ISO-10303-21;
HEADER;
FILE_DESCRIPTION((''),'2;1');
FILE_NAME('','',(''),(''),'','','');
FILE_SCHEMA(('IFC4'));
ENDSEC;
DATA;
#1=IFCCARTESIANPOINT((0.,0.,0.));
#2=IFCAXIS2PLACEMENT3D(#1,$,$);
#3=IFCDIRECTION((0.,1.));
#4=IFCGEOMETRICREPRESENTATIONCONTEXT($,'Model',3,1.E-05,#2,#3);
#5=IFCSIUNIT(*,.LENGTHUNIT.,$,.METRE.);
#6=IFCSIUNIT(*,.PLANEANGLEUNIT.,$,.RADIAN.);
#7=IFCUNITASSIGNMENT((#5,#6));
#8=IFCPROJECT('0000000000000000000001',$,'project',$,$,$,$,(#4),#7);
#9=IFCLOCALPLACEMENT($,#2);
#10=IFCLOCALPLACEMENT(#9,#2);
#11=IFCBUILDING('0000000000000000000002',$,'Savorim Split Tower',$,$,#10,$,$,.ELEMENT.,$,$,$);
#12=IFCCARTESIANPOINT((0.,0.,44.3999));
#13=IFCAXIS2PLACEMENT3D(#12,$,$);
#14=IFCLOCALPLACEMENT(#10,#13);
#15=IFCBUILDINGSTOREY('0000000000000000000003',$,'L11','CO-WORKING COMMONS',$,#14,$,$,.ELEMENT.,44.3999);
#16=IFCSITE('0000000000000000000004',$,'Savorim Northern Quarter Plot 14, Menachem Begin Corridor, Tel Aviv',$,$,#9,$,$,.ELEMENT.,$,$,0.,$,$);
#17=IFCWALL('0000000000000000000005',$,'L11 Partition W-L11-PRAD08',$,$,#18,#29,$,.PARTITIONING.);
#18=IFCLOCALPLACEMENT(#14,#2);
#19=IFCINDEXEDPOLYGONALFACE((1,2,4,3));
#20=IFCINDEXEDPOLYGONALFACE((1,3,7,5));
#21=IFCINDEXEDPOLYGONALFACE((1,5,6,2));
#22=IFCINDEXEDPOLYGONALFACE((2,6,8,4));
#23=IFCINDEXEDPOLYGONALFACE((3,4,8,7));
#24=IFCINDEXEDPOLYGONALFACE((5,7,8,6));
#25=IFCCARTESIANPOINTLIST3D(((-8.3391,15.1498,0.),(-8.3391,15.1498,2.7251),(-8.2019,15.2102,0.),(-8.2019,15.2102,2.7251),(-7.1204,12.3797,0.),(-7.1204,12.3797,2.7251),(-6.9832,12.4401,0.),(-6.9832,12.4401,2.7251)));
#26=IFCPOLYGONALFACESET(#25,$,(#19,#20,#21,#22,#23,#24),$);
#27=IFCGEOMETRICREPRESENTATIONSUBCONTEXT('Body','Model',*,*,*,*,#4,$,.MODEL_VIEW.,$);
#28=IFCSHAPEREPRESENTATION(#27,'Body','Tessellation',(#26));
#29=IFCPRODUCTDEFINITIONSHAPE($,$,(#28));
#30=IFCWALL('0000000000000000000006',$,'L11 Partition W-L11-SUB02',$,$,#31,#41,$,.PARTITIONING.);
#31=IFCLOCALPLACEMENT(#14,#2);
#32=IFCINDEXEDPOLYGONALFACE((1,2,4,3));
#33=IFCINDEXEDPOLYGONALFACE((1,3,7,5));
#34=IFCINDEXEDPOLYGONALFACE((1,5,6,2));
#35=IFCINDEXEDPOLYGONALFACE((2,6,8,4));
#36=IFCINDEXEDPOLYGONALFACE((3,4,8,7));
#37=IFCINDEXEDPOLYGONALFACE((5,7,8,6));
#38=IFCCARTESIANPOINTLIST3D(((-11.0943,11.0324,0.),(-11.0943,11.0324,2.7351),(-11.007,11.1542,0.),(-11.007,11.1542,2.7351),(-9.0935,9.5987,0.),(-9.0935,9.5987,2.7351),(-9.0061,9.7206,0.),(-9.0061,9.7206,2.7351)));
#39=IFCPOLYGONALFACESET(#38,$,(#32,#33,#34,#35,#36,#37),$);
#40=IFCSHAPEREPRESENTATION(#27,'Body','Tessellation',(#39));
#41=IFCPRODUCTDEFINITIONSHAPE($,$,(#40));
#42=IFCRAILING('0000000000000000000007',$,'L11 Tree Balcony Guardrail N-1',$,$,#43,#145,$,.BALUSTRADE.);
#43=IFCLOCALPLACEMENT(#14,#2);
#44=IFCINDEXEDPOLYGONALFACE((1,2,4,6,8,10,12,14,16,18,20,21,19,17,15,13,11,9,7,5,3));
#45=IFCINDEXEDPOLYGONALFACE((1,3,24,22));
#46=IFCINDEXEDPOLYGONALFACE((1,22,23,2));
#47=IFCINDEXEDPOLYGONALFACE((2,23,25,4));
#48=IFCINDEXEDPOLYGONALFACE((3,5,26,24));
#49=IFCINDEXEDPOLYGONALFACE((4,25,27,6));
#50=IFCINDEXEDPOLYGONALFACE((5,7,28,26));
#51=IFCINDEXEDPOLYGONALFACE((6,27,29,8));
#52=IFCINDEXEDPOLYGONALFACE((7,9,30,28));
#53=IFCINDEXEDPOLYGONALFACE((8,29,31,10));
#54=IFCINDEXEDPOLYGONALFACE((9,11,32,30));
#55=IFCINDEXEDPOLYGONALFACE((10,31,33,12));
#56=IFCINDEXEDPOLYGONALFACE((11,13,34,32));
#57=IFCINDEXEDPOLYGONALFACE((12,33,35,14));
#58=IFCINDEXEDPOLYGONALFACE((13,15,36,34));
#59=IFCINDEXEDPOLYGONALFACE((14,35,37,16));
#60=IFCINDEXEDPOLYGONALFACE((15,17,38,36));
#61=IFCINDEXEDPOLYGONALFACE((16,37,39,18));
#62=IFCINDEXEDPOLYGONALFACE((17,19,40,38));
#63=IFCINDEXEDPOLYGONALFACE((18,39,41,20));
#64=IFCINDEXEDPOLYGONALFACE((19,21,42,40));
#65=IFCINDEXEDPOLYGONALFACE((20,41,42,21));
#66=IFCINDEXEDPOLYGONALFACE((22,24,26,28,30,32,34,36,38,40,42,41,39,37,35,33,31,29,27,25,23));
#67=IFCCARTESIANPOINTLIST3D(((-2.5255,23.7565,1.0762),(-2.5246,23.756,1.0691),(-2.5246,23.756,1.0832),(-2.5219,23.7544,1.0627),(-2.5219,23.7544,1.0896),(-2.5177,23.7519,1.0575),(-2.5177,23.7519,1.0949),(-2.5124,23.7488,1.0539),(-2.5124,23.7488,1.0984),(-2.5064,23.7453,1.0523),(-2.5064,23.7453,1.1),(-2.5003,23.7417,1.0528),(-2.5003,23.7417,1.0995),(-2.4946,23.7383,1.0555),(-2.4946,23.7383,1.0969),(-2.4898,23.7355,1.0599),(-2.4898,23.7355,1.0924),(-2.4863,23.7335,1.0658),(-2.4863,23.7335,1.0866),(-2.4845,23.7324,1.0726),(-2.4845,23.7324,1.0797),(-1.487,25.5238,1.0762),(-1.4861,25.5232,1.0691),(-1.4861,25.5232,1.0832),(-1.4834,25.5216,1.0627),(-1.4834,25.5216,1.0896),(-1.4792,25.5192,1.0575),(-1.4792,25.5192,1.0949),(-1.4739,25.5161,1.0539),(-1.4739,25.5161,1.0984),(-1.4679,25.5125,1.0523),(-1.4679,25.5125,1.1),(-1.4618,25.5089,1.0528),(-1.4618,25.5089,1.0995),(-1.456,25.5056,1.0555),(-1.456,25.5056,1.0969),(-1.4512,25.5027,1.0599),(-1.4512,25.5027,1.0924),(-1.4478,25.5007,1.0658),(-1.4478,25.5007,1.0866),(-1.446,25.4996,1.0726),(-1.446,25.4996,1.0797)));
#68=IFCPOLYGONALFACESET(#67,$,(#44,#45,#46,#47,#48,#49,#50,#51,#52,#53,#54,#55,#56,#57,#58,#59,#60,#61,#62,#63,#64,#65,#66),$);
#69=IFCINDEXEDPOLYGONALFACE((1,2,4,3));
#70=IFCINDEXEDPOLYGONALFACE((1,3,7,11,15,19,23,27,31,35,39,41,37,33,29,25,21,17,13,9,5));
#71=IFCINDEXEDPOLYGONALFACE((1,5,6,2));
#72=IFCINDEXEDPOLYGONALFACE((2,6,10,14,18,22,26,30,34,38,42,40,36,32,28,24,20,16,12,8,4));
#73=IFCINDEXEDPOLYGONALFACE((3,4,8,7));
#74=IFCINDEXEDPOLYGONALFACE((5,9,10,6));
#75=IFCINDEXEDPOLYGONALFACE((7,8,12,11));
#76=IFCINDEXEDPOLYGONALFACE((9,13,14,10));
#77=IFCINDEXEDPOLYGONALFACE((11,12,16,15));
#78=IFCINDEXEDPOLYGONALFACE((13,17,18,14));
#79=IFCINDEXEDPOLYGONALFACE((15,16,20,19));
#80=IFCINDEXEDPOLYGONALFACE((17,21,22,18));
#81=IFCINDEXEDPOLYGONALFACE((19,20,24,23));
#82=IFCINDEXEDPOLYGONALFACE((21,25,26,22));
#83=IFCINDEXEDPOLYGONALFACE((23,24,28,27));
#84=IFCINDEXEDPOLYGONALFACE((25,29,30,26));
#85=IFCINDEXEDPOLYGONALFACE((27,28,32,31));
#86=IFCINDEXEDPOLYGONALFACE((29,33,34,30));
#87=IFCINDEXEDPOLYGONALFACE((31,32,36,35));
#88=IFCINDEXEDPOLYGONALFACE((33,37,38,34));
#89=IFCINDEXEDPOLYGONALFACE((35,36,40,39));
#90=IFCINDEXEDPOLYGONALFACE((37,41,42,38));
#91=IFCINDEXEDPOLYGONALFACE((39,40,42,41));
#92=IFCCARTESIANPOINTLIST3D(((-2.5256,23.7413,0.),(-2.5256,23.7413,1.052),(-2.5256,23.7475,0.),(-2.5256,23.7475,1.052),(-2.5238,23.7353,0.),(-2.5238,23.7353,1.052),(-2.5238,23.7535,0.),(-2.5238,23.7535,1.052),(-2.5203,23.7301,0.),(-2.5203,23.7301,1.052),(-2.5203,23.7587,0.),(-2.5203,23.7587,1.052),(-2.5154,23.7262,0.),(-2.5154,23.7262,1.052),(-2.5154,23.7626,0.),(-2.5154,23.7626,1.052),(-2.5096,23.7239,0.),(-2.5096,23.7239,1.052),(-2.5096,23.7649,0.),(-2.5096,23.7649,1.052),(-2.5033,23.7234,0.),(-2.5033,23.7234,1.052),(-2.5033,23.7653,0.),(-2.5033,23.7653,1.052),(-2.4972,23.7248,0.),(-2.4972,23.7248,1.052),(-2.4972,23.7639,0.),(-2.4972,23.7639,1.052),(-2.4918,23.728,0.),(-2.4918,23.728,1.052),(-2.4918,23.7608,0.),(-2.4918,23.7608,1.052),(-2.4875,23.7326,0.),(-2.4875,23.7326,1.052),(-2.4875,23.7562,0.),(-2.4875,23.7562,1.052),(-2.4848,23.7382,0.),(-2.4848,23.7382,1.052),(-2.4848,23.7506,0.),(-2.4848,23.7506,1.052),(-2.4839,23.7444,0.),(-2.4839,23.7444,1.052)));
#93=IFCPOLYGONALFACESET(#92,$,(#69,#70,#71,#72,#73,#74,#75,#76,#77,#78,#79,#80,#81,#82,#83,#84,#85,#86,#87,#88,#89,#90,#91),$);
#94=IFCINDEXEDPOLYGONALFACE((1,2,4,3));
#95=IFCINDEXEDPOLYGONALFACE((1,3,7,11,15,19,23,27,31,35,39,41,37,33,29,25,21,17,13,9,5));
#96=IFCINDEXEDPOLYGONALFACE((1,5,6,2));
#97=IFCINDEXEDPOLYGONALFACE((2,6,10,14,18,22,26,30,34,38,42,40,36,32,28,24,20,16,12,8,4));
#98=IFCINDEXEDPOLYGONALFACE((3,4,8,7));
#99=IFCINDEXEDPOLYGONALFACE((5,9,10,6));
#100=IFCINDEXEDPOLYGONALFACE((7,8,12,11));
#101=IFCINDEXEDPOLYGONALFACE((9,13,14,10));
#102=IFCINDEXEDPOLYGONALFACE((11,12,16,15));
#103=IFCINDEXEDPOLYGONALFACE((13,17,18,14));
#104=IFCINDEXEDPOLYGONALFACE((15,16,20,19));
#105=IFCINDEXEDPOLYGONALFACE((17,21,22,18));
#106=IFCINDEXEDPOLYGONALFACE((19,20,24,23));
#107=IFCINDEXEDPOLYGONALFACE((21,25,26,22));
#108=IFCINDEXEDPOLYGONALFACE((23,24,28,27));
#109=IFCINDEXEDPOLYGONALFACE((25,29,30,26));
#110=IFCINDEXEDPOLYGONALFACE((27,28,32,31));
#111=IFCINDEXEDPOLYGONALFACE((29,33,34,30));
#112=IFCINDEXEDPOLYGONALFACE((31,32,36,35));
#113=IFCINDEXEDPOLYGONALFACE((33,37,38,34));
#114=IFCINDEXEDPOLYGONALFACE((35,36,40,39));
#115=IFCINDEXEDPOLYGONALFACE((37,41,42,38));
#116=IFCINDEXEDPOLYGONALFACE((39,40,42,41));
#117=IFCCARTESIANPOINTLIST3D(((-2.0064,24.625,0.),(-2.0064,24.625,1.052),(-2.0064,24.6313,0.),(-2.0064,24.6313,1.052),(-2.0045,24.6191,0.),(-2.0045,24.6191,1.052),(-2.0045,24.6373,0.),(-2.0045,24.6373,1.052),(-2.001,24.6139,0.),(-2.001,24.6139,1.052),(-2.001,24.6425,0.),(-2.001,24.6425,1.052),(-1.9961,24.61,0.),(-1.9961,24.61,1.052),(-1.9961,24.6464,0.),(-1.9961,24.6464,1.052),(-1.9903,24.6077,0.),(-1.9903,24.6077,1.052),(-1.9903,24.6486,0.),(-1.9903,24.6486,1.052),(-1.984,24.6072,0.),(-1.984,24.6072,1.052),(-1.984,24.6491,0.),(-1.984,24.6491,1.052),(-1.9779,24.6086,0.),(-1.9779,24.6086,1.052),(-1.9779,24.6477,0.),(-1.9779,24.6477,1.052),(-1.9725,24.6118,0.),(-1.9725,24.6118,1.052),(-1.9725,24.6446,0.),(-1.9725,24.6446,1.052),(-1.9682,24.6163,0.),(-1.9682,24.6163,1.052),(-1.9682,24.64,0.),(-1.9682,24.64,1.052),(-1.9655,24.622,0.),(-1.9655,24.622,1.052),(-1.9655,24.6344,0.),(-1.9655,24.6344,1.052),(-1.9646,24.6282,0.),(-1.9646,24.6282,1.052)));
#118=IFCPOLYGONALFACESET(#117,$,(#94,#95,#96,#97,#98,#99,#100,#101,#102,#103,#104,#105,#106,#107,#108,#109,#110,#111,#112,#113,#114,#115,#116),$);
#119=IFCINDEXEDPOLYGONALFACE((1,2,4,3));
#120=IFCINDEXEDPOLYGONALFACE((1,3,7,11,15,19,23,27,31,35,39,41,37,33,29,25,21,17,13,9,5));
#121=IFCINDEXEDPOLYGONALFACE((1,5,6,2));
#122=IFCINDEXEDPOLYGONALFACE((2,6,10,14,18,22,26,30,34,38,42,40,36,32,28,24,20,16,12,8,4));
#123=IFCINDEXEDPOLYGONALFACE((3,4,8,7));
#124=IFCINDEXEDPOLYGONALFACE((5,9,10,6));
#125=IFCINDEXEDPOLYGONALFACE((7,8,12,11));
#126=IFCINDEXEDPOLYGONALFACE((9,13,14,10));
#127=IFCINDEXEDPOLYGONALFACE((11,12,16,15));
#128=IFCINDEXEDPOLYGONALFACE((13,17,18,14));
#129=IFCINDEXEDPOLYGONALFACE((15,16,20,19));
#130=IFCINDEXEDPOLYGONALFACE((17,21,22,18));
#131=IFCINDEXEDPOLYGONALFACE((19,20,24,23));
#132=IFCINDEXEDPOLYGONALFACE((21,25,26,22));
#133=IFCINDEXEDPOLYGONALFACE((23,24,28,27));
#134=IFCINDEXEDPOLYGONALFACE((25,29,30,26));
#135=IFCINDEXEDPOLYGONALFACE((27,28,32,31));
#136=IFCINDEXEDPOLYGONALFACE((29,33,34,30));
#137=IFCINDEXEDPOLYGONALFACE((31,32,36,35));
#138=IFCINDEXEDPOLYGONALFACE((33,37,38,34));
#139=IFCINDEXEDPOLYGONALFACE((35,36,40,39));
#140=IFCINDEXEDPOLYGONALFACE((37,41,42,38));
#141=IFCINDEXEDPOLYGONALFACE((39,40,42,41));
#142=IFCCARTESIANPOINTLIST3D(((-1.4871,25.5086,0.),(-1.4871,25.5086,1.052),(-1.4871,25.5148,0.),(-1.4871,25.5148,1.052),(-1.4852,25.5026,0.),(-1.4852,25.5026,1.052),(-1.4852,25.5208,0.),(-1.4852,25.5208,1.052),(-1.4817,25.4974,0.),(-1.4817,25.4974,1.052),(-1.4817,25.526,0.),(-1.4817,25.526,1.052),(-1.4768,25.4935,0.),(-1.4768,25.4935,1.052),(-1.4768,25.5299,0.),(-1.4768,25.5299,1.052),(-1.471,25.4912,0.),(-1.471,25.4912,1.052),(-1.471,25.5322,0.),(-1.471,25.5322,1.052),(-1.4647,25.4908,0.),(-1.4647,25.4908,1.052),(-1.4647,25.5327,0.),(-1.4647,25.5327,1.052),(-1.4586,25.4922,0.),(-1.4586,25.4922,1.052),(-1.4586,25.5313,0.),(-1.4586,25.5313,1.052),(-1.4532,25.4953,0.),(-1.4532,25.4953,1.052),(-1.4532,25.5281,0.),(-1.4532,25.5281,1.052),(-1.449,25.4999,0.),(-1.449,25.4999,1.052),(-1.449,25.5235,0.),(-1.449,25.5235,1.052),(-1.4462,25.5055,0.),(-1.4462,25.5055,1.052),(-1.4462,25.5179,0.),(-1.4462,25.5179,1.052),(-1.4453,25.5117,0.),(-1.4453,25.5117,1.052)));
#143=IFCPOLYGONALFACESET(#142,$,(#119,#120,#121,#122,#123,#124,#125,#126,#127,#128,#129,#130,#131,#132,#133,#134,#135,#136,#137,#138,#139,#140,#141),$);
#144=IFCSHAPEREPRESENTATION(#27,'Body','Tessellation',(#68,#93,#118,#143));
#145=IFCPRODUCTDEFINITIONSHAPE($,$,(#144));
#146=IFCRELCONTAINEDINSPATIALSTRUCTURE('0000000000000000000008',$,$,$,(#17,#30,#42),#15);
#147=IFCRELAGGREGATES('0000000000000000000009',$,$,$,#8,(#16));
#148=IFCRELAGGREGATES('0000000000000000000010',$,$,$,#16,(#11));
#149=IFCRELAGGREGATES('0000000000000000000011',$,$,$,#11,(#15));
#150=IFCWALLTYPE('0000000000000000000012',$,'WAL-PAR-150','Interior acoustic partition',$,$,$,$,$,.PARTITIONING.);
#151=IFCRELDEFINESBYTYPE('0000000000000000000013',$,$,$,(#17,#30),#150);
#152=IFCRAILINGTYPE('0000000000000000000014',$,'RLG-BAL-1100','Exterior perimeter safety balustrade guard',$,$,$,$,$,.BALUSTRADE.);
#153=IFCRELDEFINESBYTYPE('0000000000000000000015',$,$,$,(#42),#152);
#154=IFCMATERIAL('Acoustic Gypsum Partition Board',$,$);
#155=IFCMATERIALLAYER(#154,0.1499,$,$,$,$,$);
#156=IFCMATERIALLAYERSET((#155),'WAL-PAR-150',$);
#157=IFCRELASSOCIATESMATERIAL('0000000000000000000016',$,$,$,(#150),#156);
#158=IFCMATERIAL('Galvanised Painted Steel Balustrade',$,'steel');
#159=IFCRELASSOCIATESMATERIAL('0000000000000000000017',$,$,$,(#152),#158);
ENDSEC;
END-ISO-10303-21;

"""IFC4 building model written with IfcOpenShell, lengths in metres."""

from ifc_helpers import new_model, si_unit, direction, frame, frame_2d, origin, origin_2d, place, context, subcontext, project, spatial, rectangle, circle, extrude, material, layer, layer_set, type_object, element, save


model = new_model("IFC4")

# Units and contexts
model_context = context("Model", 3, precision=1e-05, world=origin(), true_north=direction((0.0, 1.0)))
body_context = subcontext(model_context, "Body", "Model", "MODEL_VIEW")
ifc_project = project(units=[si_unit("LENGTHUNIT", "METRE"), si_unit("PLANEANGLEUNIT", "RADIAN")], contexts=[model_context])

# Site, building, storey
site_placement = place(None, origin())
site = spatial("IfcSite", under=ifc_project, at=site_placement, Name="Savorim Northern Quarter Plot 14, Menachem Begin Corridor, Tel Aviv", CompositionType="ELEMENT", RefElevation=0.0)
building_placement = place(site_placement, origin())
building = spatial("IfcBuilding", under=site, at=building_placement, Name="Savorim Split Tower", CompositionType="ELEMENT")
storey_placement = place(building_placement, frame((0.0, 0.0, 44.3999)))
storey = spatial("IfcBuildingStorey", under=building, at=storey_placement, Name="L11", Description="CO-WORKING COMMONS", CompositionType="ELEMENT", Elevation=44.3999)

# Shared definitions
ifc_material_1 = material(Name="Acoustic Gypsum Partition Board")
ifc_layer_1 = layer(ifc_material_1, 0.1499)
ifc_layer_set_1 = layer_set([ifc_layer_1], Name="WAL-PAR-150")
wall_type_1 = type_object("IfcWallType", Name="WAL-PAR-150", Description="Interior acoustic partition", PredefinedType="PARTITIONING", material=ifc_layer_set_1)

# Walls
wall_1_placement = place(storey_placement, frame((-7.0518, 12.4099, 0.0), z_axis=(0.0, 0.0, 1.0), x_axis=(-0.402722, 0.915322, 0.0)))
element("IfcWall", 1, at=wall_1_placement, inside=storey, type_object=wall_type_1, Name="L11 Partition W-L11-PRAD08", PredefinedType="PARTITIONING", context=body_context, shape_type="SweptSolid", body=[
    extrude(rectangle(XDim=3.0264, YDim=0.1499, at=frame_2d((1.5132, 0.0))), origin(), (0.0, 0.0, 1.0), 2.7251),
])
wall_2_placement = place(storey_placement, frame((-9.0498, 9.6597, 0.0), z_axis=(0.0, 0.0, 1.0), x_axis=(-0.812868, 0.582448, 0.0)))
element("IfcWall", 2, at=wall_2_placement, inside=storey, type_object=wall_type_1, Name="L11 Partition W-L11-SUB02", PredefinedType="PARTITIONING", context=body_context, shape_type="SweptSolid", body=[
    extrude(rectangle(XDim=2.4614, YDim=0.1499, at=frame_2d((1.2307, 0.0))), origin(), (0.0, 0.0, 1.0), 2.7351),
])

# Railing
ifc_material_2 = material(Name="Galvanised Painted Steel Balustrade", Category="steel")
railing_type = type_object("IfcRailingType", Name="RLG-BAL-1100", Description="Exterior perimeter safety balustrade guard", PredefinedType="BALUSTRADE", material=ifc_material_2)
railing_1_placement = place(storey_placement, frame((-2.5049, 23.7444, 0.0)))
element("IfcRailing", 3, at=railing_1_placement, inside=storey, type_object=railing_type, Name="L11 Tree Balcony Guardrail N-1", PredefinedType="BALUSTRADE", context=body_context, shape_type="SweptSolid", body=[
    extrude(circle(Radius=0.0239, at=origin_2d()), frame((0.0, 0.0, 1.0762), z_axis=(0.506645, 0.862155, 0.0), x_axis=(-0.862155, 0.506645, 0.0)), (0.0, 0.0, 1.0), 2.0498),
    extrude(circle(Radius=0.021, at=origin_2d()), origin(), (0.0, 0.0, 1.0), 1.052),
    extrude(circle(Radius=0.021, at=origin_2d()), frame((0.5193, 0.8838, 0.0)), (0.0, 0.0, 1.0), 1.052),
    extrude(circle(Radius=0.021, at=origin_2d()), frame((1.0386, 1.7673, 0.0)), (0.0, 0.0, 1.0), 1.052),
])

save(model, "model.ifc")
